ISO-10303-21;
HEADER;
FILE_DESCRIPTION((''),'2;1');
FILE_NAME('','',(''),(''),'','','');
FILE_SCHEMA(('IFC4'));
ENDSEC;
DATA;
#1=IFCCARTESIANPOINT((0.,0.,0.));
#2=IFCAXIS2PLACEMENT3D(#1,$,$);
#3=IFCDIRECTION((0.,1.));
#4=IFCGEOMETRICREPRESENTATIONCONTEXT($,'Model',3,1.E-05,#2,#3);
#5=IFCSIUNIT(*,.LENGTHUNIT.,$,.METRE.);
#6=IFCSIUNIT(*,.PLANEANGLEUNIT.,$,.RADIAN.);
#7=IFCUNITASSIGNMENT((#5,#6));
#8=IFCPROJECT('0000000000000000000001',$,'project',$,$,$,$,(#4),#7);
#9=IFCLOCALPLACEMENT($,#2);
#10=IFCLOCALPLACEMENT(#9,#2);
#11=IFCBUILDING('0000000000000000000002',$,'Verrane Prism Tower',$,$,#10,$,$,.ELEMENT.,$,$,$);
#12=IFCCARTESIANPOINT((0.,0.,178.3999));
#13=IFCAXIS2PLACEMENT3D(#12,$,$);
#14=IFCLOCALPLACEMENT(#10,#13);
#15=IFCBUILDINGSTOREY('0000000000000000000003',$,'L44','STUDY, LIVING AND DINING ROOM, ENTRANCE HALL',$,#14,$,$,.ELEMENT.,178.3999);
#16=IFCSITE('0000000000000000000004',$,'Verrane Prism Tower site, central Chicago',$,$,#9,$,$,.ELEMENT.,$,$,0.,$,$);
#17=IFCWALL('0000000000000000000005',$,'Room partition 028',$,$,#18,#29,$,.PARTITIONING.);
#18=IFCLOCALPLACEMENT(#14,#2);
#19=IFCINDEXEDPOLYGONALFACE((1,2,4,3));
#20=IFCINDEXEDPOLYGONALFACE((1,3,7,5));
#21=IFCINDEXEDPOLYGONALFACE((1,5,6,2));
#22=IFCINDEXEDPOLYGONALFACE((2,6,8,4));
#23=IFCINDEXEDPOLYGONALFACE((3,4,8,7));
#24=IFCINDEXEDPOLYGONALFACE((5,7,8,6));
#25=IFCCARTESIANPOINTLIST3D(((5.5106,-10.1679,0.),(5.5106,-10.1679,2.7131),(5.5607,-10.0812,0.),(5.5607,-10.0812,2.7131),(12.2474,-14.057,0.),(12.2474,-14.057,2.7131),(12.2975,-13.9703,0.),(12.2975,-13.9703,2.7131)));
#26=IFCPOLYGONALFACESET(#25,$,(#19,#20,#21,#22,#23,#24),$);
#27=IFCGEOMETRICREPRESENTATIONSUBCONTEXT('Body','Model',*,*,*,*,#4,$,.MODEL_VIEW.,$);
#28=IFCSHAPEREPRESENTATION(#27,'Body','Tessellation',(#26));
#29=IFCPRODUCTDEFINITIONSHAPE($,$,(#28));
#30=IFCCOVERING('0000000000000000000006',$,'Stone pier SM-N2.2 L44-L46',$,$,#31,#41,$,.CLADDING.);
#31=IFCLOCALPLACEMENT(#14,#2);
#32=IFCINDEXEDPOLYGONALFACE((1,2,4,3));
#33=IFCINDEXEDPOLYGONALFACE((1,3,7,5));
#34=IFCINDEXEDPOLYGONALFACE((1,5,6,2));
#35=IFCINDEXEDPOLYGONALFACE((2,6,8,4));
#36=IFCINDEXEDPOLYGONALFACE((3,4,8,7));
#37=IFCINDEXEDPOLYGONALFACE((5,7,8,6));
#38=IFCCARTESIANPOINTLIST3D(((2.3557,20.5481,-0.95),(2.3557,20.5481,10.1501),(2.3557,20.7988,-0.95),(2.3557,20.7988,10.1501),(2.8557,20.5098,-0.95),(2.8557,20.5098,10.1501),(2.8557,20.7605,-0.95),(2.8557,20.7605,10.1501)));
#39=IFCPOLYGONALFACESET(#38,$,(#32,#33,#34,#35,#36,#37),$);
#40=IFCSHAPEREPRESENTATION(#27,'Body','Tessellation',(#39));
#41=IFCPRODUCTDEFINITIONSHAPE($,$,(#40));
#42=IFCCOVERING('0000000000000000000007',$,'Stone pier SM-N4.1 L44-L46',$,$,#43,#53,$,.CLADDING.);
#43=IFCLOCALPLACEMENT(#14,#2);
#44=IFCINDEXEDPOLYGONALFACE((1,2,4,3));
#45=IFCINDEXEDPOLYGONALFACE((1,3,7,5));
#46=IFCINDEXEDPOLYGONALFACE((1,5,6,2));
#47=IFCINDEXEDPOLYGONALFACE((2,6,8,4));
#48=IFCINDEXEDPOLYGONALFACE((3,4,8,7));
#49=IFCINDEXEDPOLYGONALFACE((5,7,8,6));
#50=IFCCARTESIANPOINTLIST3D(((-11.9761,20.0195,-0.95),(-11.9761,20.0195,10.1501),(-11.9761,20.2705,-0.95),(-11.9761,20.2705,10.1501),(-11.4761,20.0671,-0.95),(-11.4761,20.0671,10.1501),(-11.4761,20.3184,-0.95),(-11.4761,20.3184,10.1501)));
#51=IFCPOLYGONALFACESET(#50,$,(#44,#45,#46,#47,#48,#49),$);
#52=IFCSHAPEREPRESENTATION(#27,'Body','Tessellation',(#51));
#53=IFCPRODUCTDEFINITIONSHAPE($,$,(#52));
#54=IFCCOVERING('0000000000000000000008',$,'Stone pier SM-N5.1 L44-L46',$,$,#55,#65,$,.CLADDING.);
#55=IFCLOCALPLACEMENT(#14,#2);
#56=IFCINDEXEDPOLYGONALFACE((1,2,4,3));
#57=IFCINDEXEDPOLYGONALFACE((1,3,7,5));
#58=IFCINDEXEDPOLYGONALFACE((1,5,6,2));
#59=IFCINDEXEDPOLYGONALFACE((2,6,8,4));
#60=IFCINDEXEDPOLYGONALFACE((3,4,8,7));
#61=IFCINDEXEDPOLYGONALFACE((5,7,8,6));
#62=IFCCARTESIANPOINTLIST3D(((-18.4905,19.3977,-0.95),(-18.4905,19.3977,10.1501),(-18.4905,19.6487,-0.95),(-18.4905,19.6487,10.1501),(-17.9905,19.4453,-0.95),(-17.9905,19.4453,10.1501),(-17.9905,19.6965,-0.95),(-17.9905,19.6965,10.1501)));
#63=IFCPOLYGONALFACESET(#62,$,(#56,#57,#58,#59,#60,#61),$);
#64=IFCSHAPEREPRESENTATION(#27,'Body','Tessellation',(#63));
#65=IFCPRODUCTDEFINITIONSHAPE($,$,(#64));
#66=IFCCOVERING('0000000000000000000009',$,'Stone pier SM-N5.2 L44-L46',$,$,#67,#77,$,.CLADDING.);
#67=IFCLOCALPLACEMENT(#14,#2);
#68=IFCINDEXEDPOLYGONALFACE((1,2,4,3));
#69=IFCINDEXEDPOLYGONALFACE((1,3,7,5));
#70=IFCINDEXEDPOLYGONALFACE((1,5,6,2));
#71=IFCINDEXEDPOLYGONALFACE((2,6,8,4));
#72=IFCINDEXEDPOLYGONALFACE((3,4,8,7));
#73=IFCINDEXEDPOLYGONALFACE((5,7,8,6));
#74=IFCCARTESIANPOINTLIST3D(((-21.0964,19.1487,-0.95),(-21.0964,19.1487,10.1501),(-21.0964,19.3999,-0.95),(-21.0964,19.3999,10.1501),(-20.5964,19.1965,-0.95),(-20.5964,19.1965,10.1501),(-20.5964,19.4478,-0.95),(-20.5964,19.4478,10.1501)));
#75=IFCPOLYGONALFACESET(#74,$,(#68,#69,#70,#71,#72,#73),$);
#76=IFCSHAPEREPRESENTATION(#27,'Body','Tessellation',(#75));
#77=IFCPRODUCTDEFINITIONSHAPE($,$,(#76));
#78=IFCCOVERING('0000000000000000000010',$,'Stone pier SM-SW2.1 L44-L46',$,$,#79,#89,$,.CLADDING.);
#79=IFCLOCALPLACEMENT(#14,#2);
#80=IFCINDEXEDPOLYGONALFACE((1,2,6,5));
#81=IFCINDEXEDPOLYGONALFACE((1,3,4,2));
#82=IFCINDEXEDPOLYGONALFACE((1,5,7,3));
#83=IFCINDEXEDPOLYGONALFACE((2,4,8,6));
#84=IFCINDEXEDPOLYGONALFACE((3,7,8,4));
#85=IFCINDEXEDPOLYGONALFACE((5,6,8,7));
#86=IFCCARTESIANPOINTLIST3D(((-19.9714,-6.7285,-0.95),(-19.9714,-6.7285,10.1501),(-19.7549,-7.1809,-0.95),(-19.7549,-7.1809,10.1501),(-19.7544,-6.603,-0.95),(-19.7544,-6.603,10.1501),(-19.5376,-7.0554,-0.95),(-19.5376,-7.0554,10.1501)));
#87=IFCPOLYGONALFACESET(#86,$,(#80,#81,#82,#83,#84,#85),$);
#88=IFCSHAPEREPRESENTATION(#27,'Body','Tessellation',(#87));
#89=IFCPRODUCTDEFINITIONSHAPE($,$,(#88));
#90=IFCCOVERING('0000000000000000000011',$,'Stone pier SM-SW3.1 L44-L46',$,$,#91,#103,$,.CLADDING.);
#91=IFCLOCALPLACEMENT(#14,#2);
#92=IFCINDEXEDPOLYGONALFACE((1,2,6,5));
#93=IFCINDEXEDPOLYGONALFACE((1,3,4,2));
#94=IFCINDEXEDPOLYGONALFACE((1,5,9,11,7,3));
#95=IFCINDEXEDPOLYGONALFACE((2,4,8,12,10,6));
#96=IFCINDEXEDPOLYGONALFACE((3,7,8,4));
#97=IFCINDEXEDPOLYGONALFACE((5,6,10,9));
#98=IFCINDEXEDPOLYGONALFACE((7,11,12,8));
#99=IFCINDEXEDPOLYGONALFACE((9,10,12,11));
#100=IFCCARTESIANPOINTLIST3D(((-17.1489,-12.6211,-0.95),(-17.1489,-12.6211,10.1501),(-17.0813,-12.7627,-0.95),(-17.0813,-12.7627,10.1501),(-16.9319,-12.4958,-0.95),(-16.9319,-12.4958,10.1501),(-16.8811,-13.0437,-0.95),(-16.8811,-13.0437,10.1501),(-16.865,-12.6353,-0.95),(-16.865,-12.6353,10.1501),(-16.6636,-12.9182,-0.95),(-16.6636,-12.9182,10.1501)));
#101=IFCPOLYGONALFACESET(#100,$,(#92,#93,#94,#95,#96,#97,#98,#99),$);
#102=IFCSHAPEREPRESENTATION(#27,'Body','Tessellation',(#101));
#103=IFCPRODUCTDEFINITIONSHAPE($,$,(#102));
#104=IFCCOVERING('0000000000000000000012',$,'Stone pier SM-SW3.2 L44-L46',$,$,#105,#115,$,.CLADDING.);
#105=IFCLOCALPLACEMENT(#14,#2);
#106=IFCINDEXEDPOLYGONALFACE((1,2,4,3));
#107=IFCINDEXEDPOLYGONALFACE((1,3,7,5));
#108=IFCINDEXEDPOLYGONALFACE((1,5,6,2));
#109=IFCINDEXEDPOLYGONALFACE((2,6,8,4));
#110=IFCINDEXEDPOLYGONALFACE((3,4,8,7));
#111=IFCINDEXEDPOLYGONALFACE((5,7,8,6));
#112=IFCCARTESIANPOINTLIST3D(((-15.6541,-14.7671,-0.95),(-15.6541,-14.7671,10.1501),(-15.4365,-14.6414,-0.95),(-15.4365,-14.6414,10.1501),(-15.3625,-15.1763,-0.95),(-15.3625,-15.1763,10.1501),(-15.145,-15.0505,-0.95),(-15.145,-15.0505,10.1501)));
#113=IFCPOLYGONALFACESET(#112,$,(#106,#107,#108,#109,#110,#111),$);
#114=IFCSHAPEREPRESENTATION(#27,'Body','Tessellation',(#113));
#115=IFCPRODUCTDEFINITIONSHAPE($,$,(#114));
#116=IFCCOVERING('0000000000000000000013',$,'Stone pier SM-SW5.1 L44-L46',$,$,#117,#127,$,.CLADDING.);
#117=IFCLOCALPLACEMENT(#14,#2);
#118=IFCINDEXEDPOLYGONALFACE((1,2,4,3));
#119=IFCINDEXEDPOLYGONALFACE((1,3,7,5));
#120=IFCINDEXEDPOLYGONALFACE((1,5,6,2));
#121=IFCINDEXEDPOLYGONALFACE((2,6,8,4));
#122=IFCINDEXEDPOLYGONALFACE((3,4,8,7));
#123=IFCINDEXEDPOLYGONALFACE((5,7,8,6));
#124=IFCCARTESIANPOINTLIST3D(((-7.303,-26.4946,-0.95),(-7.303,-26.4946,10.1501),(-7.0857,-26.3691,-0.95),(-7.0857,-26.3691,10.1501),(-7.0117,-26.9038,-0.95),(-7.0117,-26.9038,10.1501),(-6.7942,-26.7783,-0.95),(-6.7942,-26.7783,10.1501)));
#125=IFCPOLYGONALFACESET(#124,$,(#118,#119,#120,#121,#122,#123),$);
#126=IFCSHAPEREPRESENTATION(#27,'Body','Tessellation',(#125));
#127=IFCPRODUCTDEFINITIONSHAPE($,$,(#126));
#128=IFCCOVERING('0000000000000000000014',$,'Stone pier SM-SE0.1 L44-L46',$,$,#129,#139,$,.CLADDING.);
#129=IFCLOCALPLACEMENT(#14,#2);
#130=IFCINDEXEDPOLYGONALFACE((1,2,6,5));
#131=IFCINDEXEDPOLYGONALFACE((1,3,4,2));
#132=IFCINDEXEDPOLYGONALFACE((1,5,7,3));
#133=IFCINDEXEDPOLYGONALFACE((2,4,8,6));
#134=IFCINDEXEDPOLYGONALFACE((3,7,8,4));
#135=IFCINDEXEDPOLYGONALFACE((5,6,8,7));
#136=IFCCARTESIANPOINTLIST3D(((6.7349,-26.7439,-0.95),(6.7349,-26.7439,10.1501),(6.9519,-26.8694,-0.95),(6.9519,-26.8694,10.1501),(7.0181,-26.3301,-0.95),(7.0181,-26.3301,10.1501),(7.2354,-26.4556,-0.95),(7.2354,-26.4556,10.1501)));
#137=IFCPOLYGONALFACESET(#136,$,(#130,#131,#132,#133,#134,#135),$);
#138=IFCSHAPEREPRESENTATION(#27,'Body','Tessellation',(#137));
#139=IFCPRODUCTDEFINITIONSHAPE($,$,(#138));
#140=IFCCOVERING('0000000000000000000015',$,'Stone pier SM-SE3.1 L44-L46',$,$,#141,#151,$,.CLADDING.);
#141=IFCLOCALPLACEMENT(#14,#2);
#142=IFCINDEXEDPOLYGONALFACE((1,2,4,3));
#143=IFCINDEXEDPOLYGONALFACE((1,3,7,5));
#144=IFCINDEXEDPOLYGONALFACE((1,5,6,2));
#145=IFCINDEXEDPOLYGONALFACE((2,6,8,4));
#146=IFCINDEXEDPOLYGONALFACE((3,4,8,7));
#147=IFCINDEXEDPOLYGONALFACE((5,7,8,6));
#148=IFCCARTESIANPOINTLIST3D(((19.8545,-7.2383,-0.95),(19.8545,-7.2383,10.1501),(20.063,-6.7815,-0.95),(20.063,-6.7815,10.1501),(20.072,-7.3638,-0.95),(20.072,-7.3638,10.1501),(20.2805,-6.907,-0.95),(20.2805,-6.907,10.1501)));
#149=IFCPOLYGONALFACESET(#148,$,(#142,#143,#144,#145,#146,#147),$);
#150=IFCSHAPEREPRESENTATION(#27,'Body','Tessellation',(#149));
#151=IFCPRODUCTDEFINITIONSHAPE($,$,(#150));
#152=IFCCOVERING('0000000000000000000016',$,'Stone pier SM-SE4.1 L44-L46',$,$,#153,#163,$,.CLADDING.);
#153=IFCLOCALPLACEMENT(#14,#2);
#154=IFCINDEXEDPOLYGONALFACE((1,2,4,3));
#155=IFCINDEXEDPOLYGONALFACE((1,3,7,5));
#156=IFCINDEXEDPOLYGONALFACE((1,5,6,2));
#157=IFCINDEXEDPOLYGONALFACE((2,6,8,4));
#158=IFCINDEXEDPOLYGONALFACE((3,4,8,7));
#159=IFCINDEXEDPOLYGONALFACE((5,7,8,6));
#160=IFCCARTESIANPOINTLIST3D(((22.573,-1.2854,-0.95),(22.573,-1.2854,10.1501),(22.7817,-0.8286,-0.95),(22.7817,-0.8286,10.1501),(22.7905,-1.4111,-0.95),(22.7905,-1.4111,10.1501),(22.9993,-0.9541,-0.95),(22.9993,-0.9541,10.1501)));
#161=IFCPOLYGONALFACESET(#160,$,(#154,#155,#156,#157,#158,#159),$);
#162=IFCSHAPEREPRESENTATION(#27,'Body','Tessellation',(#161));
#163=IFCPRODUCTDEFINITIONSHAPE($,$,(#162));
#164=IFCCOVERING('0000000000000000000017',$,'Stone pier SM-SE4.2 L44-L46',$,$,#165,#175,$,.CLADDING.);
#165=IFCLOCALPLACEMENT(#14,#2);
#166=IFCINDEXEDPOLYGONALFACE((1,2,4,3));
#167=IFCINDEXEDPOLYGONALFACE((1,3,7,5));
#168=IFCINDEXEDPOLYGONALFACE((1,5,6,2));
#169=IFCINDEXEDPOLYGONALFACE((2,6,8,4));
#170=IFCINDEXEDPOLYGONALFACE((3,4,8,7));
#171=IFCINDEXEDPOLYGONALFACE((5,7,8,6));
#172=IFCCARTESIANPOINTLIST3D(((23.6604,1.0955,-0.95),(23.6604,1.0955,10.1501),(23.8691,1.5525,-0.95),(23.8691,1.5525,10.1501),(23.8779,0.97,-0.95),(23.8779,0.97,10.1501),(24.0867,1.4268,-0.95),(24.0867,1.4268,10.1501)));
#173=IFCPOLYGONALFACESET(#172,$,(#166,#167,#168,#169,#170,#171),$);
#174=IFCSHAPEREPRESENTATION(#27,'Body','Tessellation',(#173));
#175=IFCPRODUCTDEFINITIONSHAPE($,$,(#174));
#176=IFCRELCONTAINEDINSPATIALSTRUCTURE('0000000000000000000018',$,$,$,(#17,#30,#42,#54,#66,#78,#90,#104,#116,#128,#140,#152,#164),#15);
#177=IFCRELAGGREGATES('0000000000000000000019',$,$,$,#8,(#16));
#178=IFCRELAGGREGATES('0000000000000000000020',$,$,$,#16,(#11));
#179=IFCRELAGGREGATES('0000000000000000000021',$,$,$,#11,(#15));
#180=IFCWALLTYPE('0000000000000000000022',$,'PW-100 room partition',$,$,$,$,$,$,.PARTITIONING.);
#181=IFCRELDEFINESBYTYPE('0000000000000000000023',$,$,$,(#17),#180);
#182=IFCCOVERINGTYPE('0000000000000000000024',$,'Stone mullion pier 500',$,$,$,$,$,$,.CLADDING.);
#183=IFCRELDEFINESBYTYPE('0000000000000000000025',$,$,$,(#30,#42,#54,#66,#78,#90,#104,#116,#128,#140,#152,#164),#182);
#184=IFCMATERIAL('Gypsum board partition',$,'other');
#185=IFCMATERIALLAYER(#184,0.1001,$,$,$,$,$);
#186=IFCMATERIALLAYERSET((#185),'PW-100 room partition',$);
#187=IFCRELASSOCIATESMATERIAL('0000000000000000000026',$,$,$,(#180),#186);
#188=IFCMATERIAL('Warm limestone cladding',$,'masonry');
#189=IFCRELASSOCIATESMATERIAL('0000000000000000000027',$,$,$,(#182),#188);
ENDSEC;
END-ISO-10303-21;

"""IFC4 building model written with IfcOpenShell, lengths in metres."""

from ifc_helpers import new_model, si_unit, direction, frame, frame_2d, origin, place, context, subcontext, project, spatial, polyline, rectangle, outline, extrude, material, layer, layer_set, type_object, element, save


model = new_model("IFC4")

# Units and contexts
model_context = context("Model", 3, precision=1e-05, world=origin(), true_north=direction((0.0, 1.0)))
body_context = subcontext(model_context, "Body", "Model", "MODEL_VIEW")
ifc_project = project(units=[si_unit("LENGTHUNIT", "METRE"), si_unit("PLANEANGLEUNIT", "RADIAN")], contexts=[model_context])

# Site, building, storey
site_placement = place(None, origin())
site = spatial("IfcSite", under=ifc_project, at=site_placement, Name="Verrane Prism Tower site, central Chicago", CompositionType="ELEMENT", RefElevation=0.0)
building_placement = place(site_placement, origin())
building = spatial("IfcBuilding", under=site, at=building_placement, Name="Verrane Prism Tower", CompositionType="ELEMENT")
storey_placement = place(building_placement, frame((0.0, 0.0, 178.3999)))
storey = spatial("IfcBuildingStorey", under=building, at=storey_placement, Name="L44", Description="STUDY, LIVING AND DINING ROOM, ENTRANCE HALL", CompositionType="ELEMENT", Elevation=178.3999)

# Wall
ifc_material_1 = material(Name="Gypsum board partition", Category="other")
ifc_layer_1 = layer(ifc_material_1, 0.1001)
ifc_layer_set_1 = layer_set([ifc_layer_1], Name="PW-100 room partition")
wall_type_1 = type_object("IfcWallType", Name="PW-100 room partition", PredefinedType="PARTITIONING", material=ifc_layer_set_1)
wall_1_placement = place(storey_placement, frame((5.5356, -10.1245, 0.0), z_axis=(0.0, 0.0, 1.0), x_axis=(0.866044, -0.499967, 0.0)))
element("IfcWall", 1, at=wall_1_placement, inside=storey, type_object=wall_type_1, Name="Room partition 028", PredefinedType="PARTITIONING", context=body_context, shape_type="SweptSolid", body=[
    extrude(rectangle(XDim=7.7788, YDim=0.1001, at=frame_2d((3.8894, 0.0))), origin(), (0.0, 0.0, 1.0), 2.7131),
])

# Coverings
ifc_material_2 = material(Name="Warm limestone cladding", Category="masonry")
covering_type_1 = type_object("IfcCoveringType", Name="Stone mullion pier 500", PredefinedType="CLADDING", material=ifc_material_2)
covering_1_placement = place(storey_placement, frame((0.0, 0.0, -0.95)))
element("IfcCovering", 2, at=covering_1_placement, inside=storey, type_object=covering_type_1, Name="Stone pier SM-N2.2 L44-L46", PredefinedType="CLADDING", context=body_context, shape_type="SweptSolid", body=[
    extrude(outline(polyline([(2.3557, 20.5481), (2.8557, 20.5098), (2.8557, 20.7605), (2.3557, 20.7988), (2.3557, 20.5481)])), origin(), (0.0, 0.0, 1.0), 11.1001),
])
covering_2_placement = place(storey_placement, frame((0.0, 0.0, -0.95)))
element("IfcCovering", 3, at=covering_2_placement, inside=storey, type_object=covering_type_1, Name="Stone pier SM-N4.1 L44-L46", PredefinedType="CLADDING", context=body_context, shape_type="SweptSolid", body=[
    extrude(outline(polyline([(-11.9761, 20.0195), (-11.4761, 20.0671), (-11.4761, 20.3184), (-11.9761, 20.2705), (-11.9761, 20.0195)])), origin(), (0.0, 0.0, 1.0), 11.1001),
])
covering_3_placement = place(storey_placement, frame((0.0, 0.0, -0.95)))
element("IfcCovering", 4, at=covering_3_placement, inside=storey, type_object=covering_type_1, Name="Stone pier SM-N5.1 L44-L46", PredefinedType="CLADDING", context=body_context, shape_type="SweptSolid", body=[
    extrude(outline(polyline([(-18.4905, 19.3977), (-17.9905, 19.4453), (-17.9905, 19.6965), (-18.4905, 19.6487), (-18.4905, 19.3977)])), origin(), (0.0, 0.0, 1.0), 11.1001),
])
covering_4_placement = place(storey_placement, frame((0.0, 0.0, -0.95)))
element("IfcCovering", 5, at=covering_4_placement, inside=storey, type_object=covering_type_1, Name="Stone pier SM-N5.2 L44-L46", PredefinedType="CLADDING", context=body_context, shape_type="SweptSolid", body=[
    extrude(outline(polyline([(-21.0964, 19.1487), (-20.5964, 19.1965), (-20.5964, 19.4478), (-21.0964, 19.3999), (-21.0964, 19.1487)])), origin(), (0.0, 0.0, 1.0), 11.1001),
])
covering_5_placement = place(storey_placement, frame((0.0, 0.0, -0.95)))
element("IfcCovering", 6, at=covering_5_placement, inside=storey, type_object=covering_type_1, Name="Stone pier SM-SW2.1 L44-L46", PredefinedType="CLADDING", context=body_context, shape_type="SweptSolid", body=[
    extrude(outline(polyline([(-19.5376, -7.0554), (-19.7544, -6.603), (-19.9714, -6.7285), (-19.7549, -7.1809), (-19.5376, -7.0554)])), origin(), (0.0, 0.0, 1.0), 11.1001),
])
covering_6_placement = place(storey_placement, frame((0.0, 0.0, -0.95)))
element("IfcCovering", 7, at=covering_6_placement, inside=storey, type_object=covering_type_1, Name="Stone pier SM-SW3.1 L44-L46", PredefinedType="CLADDING", context=body_context, shape_type="SweptSolid", body=[
    extrude(outline(polyline([(-16.6636, -12.9182), (-16.865, -12.6353), (-16.9319, -12.4958), (-17.1489, -12.6211), (-17.0813, -12.7627), (-16.8811, -13.0437), (-16.6636, -12.9182)])), origin(), (0.0, 0.0, 1.0), 11.1001),
])
covering_7_placement = place(storey_placement, frame((0.0, 0.0, -0.95)))
element("IfcCovering", 8, at=covering_7_placement, inside=storey, type_object=covering_type_1, Name="Stone pier SM-SW3.2 L44-L46", PredefinedType="CLADDING", context=body_context, shape_type="SweptSolid", body=[
    extrude(outline(polyline([(-15.145, -15.0505), (-15.4365, -14.6414), (-15.6541, -14.7671), (-15.3625, -15.1763), (-15.145, -15.0505)])), origin(), (0.0, 0.0, 1.0), 11.1001),
])
covering_8_placement = place(storey_placement, frame((0.0, 0.0, -0.95)))
element("IfcCovering", 9, at=covering_8_placement, inside=storey, type_object=covering_type_1, Name="Stone pier SM-SW5.1 L44-L46", PredefinedType="CLADDING", context=body_context, shape_type="SweptSolid", body=[
    extrude(outline(polyline([(-6.7942, -26.7783), (-7.0857, -26.3691), (-7.303, -26.4946), (-7.0117, -26.9038), (-6.7942, -26.7783)])), origin(), (0.0, 0.0, 1.0), 11.1001),
])
covering_9_placement = place(storey_placement, frame((0.0, 0.0, -0.95)))
element("IfcCovering", 10, at=covering_9_placement, inside=storey, type_object=covering_type_1, Name="Stone pier SM-SE0.1 L44-L46", PredefinedType="CLADDING", context=body_context, shape_type="SweptSolid", body=[
    extrude(outline(polyline([(7.0181, -26.3301), (6.7349, -26.7439), (6.9519, -26.8694), (7.2354, -26.4556), (7.0181, -26.3301)])), origin(), (0.0, 0.0, 1.0), 11.1001),
])
covering_10_placement = place(storey_placement, frame((0.0, 0.0, -0.95)))
element("IfcCovering", 11, at=covering_10_placement, inside=storey, type_object=covering_type_1, Name="Stone pier SM-SE3.1 L44-L46", PredefinedType="CLADDING", context=body_context, shape_type="SweptSolid", body=[
    extrude(outline(polyline([(20.063, -6.7815), (19.8545, -7.2383), (20.072, -7.3638), (20.2805, -6.907), (20.063, -6.7815)])), origin(), (0.0, 0.0, 1.0), 11.1001),
])
covering_11_placement = place(storey_placement, frame((0.0, 0.0, -0.95)))
element("IfcCovering", 12, at=covering_11_placement, inside=storey, type_object=covering_type_1, Name="Stone pier SM-SE4.1 L44-L46", PredefinedType="CLADDING", context=body_context, shape_type="SweptSolid", body=[
    extrude(outline(polyline([(22.7817, -0.8286), (22.573, -1.2854), (22.7905, -1.4111), (22.9993, -0.9541), (22.7817, -0.8286)])), origin(), (0.0, 0.0, 1.0), 11.1001),
])
covering_12_placement = place(storey_placement, frame((0.0, 0.0, -0.95)))
element("IfcCovering", 13, at=covering_12_placement, inside=storey, type_object=covering_type_1, Name="Stone pier SM-SE4.2 L44-L46", PredefinedType="CLADDING", context=body_context, shape_type="SweptSolid", body=[
    extrude(outline(polyline([(23.8691, 1.5525), (23.6604, 1.0955), (23.8779, 0.97), (24.0867, 1.4268), (23.8691, 1.5525)])), origin(), (0.0, 0.0, 1.0), 11.1001),
])

save(model, "model.ifc")
